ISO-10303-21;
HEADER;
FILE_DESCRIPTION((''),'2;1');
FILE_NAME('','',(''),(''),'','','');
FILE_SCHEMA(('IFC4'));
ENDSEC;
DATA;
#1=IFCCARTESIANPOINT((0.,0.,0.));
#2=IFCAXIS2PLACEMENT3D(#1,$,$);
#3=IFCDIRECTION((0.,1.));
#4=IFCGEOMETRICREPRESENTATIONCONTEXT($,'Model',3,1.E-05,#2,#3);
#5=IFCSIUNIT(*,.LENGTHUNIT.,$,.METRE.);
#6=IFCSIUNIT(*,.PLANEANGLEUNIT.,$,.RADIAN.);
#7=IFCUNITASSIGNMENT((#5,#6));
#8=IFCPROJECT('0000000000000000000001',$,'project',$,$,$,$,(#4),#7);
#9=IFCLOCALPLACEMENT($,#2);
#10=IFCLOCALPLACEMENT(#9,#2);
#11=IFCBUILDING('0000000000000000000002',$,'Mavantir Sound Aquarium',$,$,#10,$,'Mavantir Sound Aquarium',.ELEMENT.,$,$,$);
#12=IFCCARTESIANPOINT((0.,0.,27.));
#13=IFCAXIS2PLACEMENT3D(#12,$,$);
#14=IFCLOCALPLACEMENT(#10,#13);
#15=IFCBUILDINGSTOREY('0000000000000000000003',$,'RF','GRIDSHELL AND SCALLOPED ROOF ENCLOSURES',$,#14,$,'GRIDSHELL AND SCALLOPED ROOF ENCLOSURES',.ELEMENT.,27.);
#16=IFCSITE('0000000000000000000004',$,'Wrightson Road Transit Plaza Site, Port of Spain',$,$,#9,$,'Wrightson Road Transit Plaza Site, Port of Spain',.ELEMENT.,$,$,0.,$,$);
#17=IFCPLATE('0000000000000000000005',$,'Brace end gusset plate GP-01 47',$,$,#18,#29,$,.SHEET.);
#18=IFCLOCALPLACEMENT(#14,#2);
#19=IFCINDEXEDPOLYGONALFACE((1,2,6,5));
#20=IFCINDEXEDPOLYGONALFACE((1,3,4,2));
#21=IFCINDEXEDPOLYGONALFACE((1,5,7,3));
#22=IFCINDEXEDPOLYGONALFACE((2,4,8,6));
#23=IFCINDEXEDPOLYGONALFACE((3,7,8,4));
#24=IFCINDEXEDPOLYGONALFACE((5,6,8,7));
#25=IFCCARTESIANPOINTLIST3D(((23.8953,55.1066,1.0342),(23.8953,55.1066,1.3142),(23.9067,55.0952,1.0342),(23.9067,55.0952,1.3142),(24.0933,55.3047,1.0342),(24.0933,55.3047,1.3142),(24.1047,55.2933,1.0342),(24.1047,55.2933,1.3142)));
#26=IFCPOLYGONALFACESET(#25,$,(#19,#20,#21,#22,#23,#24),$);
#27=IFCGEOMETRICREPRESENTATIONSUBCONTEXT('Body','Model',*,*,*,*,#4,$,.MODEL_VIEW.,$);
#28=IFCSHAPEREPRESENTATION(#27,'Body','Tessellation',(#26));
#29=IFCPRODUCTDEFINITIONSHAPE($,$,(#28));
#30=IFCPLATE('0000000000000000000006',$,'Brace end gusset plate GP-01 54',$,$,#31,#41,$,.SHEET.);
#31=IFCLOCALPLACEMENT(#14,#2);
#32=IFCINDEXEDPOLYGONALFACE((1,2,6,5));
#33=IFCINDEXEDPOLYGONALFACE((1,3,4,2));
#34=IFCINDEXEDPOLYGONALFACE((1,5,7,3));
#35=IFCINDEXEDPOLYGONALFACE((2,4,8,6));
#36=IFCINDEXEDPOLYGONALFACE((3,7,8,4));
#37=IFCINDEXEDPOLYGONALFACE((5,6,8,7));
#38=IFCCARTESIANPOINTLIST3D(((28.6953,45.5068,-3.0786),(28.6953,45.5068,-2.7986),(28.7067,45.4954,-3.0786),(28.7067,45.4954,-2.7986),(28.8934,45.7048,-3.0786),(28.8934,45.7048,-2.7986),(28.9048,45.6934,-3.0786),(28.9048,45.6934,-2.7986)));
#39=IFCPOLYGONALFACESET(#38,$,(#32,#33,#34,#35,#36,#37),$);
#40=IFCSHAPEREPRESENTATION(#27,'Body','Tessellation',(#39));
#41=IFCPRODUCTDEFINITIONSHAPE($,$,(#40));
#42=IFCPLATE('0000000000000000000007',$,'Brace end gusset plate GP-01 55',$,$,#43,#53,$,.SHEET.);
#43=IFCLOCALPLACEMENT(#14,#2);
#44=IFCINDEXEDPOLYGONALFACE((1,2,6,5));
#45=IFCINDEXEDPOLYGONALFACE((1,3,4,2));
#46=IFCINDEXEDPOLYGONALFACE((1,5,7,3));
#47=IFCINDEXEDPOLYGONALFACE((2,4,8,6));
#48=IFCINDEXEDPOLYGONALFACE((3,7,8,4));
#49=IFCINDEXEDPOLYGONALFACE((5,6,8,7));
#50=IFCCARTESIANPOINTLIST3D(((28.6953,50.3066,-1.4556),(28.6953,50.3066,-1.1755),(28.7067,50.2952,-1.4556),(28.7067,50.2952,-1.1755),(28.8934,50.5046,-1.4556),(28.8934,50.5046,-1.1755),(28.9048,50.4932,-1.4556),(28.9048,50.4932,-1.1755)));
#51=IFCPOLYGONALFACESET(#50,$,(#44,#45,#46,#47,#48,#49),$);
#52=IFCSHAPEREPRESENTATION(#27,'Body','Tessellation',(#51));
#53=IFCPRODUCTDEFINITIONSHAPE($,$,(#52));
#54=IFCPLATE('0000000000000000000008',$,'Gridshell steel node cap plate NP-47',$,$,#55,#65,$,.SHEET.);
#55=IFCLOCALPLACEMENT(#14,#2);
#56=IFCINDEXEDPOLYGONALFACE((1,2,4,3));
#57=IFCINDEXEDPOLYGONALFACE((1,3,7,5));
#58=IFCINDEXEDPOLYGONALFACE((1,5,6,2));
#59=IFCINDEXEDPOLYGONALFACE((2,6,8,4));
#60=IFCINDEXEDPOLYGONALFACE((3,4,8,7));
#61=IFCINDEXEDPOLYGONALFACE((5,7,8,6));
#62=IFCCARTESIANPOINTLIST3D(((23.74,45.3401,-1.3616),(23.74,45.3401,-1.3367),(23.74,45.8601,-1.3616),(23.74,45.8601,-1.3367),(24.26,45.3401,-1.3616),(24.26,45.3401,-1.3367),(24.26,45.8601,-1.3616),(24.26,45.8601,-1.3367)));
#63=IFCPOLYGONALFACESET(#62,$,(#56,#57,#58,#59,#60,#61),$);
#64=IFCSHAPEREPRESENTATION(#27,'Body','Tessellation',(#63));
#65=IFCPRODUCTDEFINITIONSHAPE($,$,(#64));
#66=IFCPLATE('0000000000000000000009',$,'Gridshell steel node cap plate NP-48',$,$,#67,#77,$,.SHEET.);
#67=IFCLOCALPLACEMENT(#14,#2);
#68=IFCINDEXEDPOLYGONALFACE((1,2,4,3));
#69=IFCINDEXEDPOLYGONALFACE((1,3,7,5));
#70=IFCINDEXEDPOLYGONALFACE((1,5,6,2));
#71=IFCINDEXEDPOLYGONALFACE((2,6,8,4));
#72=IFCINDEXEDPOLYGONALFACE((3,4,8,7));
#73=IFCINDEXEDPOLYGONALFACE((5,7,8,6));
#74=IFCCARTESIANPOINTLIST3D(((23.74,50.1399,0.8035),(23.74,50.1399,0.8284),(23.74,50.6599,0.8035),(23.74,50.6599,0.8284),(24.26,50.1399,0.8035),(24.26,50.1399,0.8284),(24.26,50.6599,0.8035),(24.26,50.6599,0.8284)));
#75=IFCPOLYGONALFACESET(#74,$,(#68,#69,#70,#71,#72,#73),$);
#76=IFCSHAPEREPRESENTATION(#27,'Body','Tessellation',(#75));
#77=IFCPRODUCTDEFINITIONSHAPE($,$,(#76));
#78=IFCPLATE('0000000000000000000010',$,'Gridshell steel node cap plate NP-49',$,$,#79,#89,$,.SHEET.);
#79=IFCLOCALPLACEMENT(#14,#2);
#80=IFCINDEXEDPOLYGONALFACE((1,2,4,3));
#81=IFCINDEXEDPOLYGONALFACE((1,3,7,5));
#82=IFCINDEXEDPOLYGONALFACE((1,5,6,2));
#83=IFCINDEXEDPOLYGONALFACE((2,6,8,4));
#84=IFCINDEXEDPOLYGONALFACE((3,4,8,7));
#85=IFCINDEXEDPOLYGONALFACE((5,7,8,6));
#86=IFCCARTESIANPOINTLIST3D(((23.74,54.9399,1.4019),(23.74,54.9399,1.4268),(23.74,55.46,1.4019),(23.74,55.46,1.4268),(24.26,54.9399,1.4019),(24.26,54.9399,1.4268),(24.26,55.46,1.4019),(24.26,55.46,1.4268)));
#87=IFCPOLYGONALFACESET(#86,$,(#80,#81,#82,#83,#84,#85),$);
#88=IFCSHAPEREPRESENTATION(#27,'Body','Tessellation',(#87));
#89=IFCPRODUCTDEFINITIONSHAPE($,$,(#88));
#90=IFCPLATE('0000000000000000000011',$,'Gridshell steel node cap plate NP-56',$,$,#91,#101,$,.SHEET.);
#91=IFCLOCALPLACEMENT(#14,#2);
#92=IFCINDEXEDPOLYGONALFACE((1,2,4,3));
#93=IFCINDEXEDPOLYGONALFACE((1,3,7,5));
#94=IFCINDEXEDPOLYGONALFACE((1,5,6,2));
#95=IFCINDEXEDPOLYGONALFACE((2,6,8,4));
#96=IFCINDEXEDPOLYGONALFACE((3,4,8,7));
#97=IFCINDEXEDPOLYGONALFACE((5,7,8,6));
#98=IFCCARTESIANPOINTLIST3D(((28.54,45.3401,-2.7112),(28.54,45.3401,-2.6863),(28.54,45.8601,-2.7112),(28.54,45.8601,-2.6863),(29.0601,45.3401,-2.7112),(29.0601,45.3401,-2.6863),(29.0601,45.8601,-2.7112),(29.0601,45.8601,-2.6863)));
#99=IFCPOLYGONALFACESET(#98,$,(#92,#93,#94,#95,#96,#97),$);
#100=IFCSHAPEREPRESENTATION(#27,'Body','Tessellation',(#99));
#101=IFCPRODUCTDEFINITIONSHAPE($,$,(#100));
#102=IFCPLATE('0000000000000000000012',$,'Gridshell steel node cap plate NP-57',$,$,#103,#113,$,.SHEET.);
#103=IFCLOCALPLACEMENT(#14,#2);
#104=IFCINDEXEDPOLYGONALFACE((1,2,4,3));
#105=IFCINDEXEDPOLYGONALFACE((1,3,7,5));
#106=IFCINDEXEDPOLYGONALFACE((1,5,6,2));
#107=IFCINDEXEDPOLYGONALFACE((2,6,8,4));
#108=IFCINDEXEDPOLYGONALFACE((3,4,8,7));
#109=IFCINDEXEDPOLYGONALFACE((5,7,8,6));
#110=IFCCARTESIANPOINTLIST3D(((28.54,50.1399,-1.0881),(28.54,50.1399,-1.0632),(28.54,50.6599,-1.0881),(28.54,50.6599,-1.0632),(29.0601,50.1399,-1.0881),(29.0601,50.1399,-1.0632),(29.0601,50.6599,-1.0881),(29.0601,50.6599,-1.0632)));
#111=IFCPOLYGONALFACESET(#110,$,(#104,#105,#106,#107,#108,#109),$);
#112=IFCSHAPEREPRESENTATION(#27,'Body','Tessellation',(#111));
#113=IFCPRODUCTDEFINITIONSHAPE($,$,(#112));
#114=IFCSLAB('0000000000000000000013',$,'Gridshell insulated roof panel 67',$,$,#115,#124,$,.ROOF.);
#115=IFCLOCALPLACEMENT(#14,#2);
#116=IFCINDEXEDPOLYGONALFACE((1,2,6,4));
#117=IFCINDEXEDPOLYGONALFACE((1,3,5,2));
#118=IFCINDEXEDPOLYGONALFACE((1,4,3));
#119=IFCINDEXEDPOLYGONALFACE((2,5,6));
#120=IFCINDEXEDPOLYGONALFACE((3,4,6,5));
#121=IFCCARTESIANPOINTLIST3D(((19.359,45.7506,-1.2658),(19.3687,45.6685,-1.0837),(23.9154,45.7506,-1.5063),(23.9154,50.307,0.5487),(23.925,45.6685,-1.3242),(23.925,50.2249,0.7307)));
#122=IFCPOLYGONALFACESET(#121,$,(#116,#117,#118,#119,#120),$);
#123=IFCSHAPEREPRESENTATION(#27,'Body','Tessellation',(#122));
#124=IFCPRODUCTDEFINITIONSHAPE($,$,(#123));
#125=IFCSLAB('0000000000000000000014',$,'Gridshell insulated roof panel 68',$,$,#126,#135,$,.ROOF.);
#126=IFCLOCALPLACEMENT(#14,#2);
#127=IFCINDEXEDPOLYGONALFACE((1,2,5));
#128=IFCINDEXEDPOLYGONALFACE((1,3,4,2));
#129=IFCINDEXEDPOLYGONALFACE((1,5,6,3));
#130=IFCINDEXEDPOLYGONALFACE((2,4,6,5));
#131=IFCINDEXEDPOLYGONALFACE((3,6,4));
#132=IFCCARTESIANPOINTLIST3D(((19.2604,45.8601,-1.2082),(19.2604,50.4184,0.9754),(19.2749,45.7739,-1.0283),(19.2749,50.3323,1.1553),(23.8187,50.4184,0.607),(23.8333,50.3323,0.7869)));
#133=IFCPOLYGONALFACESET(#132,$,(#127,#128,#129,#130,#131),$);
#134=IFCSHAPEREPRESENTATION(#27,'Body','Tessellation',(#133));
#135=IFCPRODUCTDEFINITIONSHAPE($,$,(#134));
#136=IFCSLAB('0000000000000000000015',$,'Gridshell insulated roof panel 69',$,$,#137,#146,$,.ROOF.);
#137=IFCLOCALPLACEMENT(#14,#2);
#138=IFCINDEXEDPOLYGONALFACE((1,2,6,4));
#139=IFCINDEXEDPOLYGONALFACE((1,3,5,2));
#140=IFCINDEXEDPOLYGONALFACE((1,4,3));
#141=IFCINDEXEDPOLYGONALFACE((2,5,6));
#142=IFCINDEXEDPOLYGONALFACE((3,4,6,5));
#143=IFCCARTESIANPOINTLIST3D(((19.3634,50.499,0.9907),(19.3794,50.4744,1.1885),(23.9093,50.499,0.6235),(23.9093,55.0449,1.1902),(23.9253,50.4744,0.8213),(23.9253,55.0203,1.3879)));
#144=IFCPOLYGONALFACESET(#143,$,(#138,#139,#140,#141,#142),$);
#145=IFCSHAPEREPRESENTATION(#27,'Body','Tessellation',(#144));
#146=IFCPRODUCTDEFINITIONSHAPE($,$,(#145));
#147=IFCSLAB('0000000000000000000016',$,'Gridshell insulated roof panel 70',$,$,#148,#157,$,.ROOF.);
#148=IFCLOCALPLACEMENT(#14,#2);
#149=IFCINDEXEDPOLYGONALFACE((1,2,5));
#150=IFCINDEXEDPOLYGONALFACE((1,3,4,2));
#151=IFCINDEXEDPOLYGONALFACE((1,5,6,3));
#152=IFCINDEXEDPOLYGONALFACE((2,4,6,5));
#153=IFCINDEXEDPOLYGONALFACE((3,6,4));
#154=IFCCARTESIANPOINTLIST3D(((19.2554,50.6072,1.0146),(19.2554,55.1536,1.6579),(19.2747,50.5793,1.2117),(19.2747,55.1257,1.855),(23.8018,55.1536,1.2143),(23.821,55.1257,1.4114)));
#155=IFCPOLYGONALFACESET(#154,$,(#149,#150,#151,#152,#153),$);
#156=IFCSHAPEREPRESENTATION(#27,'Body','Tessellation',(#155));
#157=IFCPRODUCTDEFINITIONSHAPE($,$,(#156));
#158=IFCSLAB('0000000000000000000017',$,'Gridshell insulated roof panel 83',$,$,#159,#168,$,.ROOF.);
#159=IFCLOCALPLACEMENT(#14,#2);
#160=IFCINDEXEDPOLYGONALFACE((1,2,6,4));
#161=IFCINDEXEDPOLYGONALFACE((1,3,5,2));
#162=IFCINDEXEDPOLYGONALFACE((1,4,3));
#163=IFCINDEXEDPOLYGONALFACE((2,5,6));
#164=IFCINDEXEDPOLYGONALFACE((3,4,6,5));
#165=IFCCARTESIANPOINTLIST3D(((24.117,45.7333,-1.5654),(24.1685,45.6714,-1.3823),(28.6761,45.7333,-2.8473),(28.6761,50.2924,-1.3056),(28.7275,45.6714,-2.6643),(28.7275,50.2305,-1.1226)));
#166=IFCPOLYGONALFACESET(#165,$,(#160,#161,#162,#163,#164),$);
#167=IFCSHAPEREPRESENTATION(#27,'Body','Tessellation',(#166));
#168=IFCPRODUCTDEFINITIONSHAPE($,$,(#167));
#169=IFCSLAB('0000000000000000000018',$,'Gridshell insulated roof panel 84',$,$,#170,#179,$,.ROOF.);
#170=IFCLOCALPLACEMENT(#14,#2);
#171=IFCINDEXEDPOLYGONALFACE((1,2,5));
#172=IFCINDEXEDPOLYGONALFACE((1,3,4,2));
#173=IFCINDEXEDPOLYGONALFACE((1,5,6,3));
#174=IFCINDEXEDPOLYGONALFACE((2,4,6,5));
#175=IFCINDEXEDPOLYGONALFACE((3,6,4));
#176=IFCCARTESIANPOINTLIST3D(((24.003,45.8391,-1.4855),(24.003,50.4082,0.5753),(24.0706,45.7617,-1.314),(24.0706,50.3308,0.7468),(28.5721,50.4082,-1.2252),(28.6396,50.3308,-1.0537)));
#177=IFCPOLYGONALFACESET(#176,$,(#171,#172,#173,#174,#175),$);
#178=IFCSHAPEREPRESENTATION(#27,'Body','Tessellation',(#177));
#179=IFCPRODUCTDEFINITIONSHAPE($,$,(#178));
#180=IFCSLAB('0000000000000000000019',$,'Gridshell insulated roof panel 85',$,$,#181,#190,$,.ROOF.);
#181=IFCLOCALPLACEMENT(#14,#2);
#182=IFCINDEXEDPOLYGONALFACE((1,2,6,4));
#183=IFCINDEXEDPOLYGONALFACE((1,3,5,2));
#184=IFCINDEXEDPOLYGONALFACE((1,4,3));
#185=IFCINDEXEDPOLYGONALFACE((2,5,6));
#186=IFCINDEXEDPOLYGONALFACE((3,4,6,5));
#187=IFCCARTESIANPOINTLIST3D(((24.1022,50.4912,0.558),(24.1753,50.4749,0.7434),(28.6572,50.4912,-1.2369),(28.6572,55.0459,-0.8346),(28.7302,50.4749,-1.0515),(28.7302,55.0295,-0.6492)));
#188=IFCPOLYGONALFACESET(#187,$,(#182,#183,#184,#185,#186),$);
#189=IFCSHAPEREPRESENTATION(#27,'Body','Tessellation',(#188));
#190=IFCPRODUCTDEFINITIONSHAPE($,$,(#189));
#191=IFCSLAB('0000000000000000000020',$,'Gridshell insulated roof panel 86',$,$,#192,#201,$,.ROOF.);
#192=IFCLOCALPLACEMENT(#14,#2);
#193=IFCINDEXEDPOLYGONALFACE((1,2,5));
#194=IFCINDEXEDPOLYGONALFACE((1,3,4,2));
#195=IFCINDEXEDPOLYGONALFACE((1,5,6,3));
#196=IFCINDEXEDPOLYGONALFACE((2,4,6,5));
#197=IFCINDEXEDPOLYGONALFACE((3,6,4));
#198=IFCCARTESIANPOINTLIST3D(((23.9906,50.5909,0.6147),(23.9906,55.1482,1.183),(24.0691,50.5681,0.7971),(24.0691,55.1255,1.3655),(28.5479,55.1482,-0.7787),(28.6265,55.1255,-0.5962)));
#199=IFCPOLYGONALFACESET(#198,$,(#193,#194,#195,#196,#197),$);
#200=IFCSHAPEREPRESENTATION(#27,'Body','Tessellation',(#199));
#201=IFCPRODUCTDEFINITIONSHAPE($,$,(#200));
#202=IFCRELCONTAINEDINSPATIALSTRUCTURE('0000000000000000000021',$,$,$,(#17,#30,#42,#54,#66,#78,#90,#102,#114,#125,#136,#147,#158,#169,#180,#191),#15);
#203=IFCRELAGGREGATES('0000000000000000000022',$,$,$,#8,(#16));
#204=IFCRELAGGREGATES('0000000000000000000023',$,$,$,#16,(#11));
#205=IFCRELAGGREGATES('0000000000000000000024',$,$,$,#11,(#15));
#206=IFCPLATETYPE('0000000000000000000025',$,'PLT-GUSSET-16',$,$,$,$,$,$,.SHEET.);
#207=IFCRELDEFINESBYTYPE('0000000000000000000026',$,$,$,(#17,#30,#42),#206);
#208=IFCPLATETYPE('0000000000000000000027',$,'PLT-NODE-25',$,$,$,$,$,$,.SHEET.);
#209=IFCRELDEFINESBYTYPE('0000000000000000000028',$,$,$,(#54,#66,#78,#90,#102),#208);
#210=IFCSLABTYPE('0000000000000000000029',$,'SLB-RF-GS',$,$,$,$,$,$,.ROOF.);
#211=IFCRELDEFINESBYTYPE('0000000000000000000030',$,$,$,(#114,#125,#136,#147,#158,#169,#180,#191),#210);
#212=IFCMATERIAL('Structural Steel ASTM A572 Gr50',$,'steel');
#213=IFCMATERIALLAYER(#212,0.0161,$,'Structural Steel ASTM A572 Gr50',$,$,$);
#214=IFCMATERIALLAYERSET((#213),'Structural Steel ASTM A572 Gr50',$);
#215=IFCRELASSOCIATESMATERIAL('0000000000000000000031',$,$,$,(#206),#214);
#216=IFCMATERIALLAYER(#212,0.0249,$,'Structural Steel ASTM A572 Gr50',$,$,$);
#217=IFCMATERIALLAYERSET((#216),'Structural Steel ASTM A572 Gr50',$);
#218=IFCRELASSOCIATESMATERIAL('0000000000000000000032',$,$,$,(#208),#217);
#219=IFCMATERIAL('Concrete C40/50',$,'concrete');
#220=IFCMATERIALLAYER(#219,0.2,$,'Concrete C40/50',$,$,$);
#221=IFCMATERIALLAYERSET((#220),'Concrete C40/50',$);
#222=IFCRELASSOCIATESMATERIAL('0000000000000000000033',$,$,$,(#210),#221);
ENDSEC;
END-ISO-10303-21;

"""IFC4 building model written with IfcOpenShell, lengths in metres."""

from ifc_helpers import new_model, si_unit, direction, frame, origin, origin_2d, place, context, subcontext, project, spatial, polyline, rectangle, outline, extrude, material, layer, layer_set, type_object, element, save


model = new_model("IFC4")

# Units and contexts
model_context = context("Model", 3, precision=1e-05, world=origin(), true_north=direction((0.0, 1.0)))
body_context = subcontext(model_context, "Body", "Model", "MODEL_VIEW")
ifc_project = project(units=[si_unit("LENGTHUNIT", "METRE"), si_unit("PLANEANGLEUNIT", "RADIAN")], contexts=[model_context])

# Site, building, storey
site_placement = place(None, origin())
site = spatial("IfcSite", under=ifc_project, at=site_placement, Name="Wrightson Road Transit Plaza Site, Port of Spain", LongName="Wrightson Road Transit Plaza Site, Port of Spain", CompositionType="ELEMENT", RefElevation=0.0)
building_placement = place(site_placement, origin())
building = spatial("IfcBuilding", under=site, at=building_placement, Name="Mavantir Sound Aquarium", LongName="Mavantir Sound Aquarium", CompositionType="ELEMENT")
storey_placement = place(building_placement, frame((0.0, 0.0, 27.0)))
storey = spatial("IfcBuildingStorey", under=building, at=storey_placement, Name="RF", Description="GRIDSHELL AND SCALLOPED ROOF ENCLOSURES", LongName="GRIDSHELL AND SCALLOPED ROOF ENCLOSURES", CompositionType="ELEMENT", Elevation=27.0)

# Plates
ifc_material_1 = material(Name="Structural Steel ASTM A572 Gr50", Category="steel")
ifc_layer_1 = layer(ifc_material_1, 0.0161, Name="Structural Steel ASTM A572 Gr50")
ifc_layer_set_1 = layer_set([ifc_layer_1], Name="Structural Steel ASTM A572 Gr50")
plate_type_1 = type_object("IfcPlateType", Name="PLT-GUSSET-16", PredefinedType="SHEET", material=ifc_layer_set_1)
for number, where, z_axis, x_axis, name in (
    (1, (24.0, 55.2, 1.0342), (0.0, 0.0, 1.0), (0.707107, 0.707107, 0.0), "Brace end gusset plate GP-01 47"),
    (2, (28.8, 45.6001, -3.0786), (0.0, 0.0, 1.0), (0.707107, 0.707107, 0.0), "Brace end gusset plate GP-01 54"),
    (3, (28.8, 50.3999, -1.4556), (0.0, 0.0, 1.0), (0.707107, 0.707107, 0.0), "Brace end gusset plate GP-01 55"),
):
    element("IfcPlate", number, at=place(storey_placement, frame(where, z_axis=z_axis, x_axis=x_axis)), inside=storey, type_object=plate_type_1, Name=name, PredefinedType="SHEET", context=body_context, shape_type="SweptSolid", body=[
        extrude(rectangle(XDim=0.28, YDim=0.0161, at=origin_2d()), origin(), (0.0, 0.0, 1.0), 0.28),
    ])
ifc_layer_2 = layer(ifc_material_1, 0.0249, Name="Structural Steel ASTM A572 Gr50")
ifc_layer_set_2 = layer_set([ifc_layer_2], Name="Structural Steel ASTM A572 Gr50")
plate_type_2 = type_object("IfcPlateType", Name="PLT-NODE-25", PredefinedType="SHEET", material=ifc_layer_set_2)
for number, where, z_axis, x_axis, name in (
    (4, (24.0, 45.6001, -1.3616), (0.0, 0.0, 1.0), (1.0, 0.0, 0.0), "Gridshell steel node cap plate NP-47"),
    (5, (24.0, 50.3999, 0.8035), (0.0, 0.0, 1.0), (1.0, 0.0, 0.0), "Gridshell steel node cap plate NP-48"),
    (6, (24.0, 55.2, 1.4019), (0.0, 0.0, 1.0), (1.0, 0.0, 0.0), "Gridshell steel node cap plate NP-49"),
    (7, (28.8, 45.6001, -2.7112), (0.0, 0.0, 1.0), (1.0, 0.0, 0.0), "Gridshell steel node cap plate NP-56"),
    (8, (28.8, 50.3999, -1.0881), (0.0, 0.0, 1.0), (1.0, 0.0, 0.0), "Gridshell steel node cap plate NP-57"),
):
    element("IfcPlate", number, at=place(storey_placement, frame(where, z_axis=z_axis, x_axis=x_axis)), inside=storey, type_object=plate_type_2, Name=name, PredefinedType="SHEET", context=body_context, shape_type="SweptSolid", body=[
        extrude(rectangle(XDim=0.52, YDim=0.52, at=origin_2d()), origin(), (0.0, 0.0, 1.0), 0.0249),
    ])

# Slabs
ifc_material_2 = material(Name="Concrete C40/50", Category="concrete")
ifc_layer_3 = layer(ifc_material_2, 0.2, Name="Concrete C40/50")
ifc_layer_set_3 = layer_set([ifc_layer_3], Name="Concrete C40/50")
slab_type = type_object("IfcSlabType", Name="SLB-RF-GS", PredefinedType="ROOF", material=ifc_layer_set_3)
slab_1_placement = place(storey_placement, frame((19.3687, 45.6685, -1.0837), z_axis=(0.048056, -0.410647, 0.910527), x_axis=(0.99861, 0.0, -0.052705)))
element("IfcSlab", 9, at=slab_1_placement, inside=storey, type_object=slab_type, Name="Gridshell insulated roof panel 67", PredefinedType="ROOF", context=body_context, shape_type="SweptSolid", body=[
    extrude(outline(polyline([(0.0, 0.0), (4.5627, 0.0), (4.4544, 4.9972), (0.0, 0.0)])), origin(), (0.0, 0.0, -1.0), 0.2),
])
slab_2_placement = place(storey_placement, frame((19.2749, 45.7739, -1.0283), z_axis=(0.072696, -0.430878, 0.899477), x_axis=(0.680639, 0.680639, 0.271038)))
element("IfcSlab", 10, at=slab_2_placement, inside=storey, type_object=slab_type, Name="Gridshell insulated roof panel 68", PredefinedType="ROOF", context=body_context, shape_type="SweptSolid", body=[
    extrude(outline(polyline([(0.0, 0.0), (6.6972, 0.0), (3.6944, 3.4493), (0.0, 0.0)])), origin(), (0.0, 0.0, -1.0), 0.2),
])
slab_3_placement = place(storey_placement, frame((19.3794, 50.4744, 1.1885), z_axis=(0.079897, -0.123298, 0.989148), x_axis=(0.996754, 0.0, -0.080511)))
element("IfcSlab", 11, at=slab_3_placement, inside=storey, type_object=slab_type, Name="Gridshell insulated roof panel 69", PredefinedType="ROOF", context=body_context, shape_type="SweptSolid", body=[
    extrude(outline(polyline([(0.0, 0.0), (4.5607, 0.0), (4.5151, 4.5809), (0.0, 0.0)])), origin(), (0.0, 0.0, -1.0), 0.2),
])
slab_4_placement = place(storey_placement, frame((19.2747, 50.5793, 1.2117), z_axis=(0.096163, -0.139454, 0.985548), x_axis=(0.706766, 0.706766, 0.031046)))
element("IfcSlab", 12, at=slab_4_placement, inside=storey, type_object=slab_type, Name="Gridshell insulated roof panel 70", PredefinedType="ROOF", context=body_context, shape_type="SweptSolid", body=[
    extrude(outline(polyline([(0.0, 0.0), (6.4327, 0.0), (3.2332, 3.2603), (0.0, 0.0)])), origin(), (0.0, 0.0, -1.0), 0.2),
])
slab_5_placement = place(storey_placement, frame((24.1685, 45.6714, -1.3823), z_axis=(0.257399, -0.309555, 0.915381), x_axis=(0.962665, 0.0, -0.270695)))
element("IfcSlab", 13, at=slab_5_placement, inside=storey, type_object=slab_type, Name="Gridshell insulated roof panel 83", PredefinedType="ROOF", context=body_context, shape_type="SweptSolid", body=[
    extrude(outline(polyline([(0.0, 0.0), (4.7359, 0.0), (4.3186, 4.7946), (0.0, 0.0)])), origin(), (0.0, 0.0, -1.0), 0.2),
])
slab_6_placement = place(storey_placement, frame((24.0706, 45.7617, -1.314), z_axis=(0.338071, -0.386936, 0.857898), x_axis=(0.706534, 0.706534, 0.040244)))
element("IfcSlab", 14, at=slab_6_placement, inside=storey, type_object=slab_type, Name="Gridshell insulated roof panel 84", PredefinedType="ROOF", context=body_context, shape_type="SweptSolid", body=[
    extrude(outline(polyline([(0.0, 0.0), (6.4669, 0.0), (3.3112, 3.7629), (0.0, 0.0)])), origin(), (0.0, 0.0, -1.0), 0.2),
])
slab_7_placement = place(storey_placement, frame((24.1753, 50.4749, 0.7434), z_axis=(0.365391, -0.081909, 0.927244), x_axis=(0.93037, 0.0, -0.366623)))
element("IfcSlab", 15, at=slab_7_placement, inside=storey, type_object=slab_type, Name="Gridshell insulated roof panel 85", PredefinedType="ROOF", context=body_context, shape_type="SweptSolid", body=[
    extrude(outline(polyline([(0.0, 0.0), (4.8958, 0.0), (4.7483, 4.57), (0.0, 0.0)])), origin(), (0.0, 0.0, -1.0), 0.2),
])
slab_8_placement = place(storey_placement, frame((24.0691, 50.5681, 0.7971), z_axis=(0.392799, -0.113807, 0.912555), x_axis=(0.691141, 0.691141, -0.2113)))
element("IfcSlab", 16, at=slab_8_placement, inside=storey, type_object=slab_type, Name="Gridshell insulated roof panel 86", PredefinedType="ROOF", context=body_context, shape_type="SweptSolid", body=[
    extrude(outline(polyline([(0.0, 0.0), (6.594, 0.0), (3.0297, 3.4516), (0.0, 0.0)])), origin(), (0.0, 0.0, -1.0), 0.2),
])

save(model, "model.ifc")
